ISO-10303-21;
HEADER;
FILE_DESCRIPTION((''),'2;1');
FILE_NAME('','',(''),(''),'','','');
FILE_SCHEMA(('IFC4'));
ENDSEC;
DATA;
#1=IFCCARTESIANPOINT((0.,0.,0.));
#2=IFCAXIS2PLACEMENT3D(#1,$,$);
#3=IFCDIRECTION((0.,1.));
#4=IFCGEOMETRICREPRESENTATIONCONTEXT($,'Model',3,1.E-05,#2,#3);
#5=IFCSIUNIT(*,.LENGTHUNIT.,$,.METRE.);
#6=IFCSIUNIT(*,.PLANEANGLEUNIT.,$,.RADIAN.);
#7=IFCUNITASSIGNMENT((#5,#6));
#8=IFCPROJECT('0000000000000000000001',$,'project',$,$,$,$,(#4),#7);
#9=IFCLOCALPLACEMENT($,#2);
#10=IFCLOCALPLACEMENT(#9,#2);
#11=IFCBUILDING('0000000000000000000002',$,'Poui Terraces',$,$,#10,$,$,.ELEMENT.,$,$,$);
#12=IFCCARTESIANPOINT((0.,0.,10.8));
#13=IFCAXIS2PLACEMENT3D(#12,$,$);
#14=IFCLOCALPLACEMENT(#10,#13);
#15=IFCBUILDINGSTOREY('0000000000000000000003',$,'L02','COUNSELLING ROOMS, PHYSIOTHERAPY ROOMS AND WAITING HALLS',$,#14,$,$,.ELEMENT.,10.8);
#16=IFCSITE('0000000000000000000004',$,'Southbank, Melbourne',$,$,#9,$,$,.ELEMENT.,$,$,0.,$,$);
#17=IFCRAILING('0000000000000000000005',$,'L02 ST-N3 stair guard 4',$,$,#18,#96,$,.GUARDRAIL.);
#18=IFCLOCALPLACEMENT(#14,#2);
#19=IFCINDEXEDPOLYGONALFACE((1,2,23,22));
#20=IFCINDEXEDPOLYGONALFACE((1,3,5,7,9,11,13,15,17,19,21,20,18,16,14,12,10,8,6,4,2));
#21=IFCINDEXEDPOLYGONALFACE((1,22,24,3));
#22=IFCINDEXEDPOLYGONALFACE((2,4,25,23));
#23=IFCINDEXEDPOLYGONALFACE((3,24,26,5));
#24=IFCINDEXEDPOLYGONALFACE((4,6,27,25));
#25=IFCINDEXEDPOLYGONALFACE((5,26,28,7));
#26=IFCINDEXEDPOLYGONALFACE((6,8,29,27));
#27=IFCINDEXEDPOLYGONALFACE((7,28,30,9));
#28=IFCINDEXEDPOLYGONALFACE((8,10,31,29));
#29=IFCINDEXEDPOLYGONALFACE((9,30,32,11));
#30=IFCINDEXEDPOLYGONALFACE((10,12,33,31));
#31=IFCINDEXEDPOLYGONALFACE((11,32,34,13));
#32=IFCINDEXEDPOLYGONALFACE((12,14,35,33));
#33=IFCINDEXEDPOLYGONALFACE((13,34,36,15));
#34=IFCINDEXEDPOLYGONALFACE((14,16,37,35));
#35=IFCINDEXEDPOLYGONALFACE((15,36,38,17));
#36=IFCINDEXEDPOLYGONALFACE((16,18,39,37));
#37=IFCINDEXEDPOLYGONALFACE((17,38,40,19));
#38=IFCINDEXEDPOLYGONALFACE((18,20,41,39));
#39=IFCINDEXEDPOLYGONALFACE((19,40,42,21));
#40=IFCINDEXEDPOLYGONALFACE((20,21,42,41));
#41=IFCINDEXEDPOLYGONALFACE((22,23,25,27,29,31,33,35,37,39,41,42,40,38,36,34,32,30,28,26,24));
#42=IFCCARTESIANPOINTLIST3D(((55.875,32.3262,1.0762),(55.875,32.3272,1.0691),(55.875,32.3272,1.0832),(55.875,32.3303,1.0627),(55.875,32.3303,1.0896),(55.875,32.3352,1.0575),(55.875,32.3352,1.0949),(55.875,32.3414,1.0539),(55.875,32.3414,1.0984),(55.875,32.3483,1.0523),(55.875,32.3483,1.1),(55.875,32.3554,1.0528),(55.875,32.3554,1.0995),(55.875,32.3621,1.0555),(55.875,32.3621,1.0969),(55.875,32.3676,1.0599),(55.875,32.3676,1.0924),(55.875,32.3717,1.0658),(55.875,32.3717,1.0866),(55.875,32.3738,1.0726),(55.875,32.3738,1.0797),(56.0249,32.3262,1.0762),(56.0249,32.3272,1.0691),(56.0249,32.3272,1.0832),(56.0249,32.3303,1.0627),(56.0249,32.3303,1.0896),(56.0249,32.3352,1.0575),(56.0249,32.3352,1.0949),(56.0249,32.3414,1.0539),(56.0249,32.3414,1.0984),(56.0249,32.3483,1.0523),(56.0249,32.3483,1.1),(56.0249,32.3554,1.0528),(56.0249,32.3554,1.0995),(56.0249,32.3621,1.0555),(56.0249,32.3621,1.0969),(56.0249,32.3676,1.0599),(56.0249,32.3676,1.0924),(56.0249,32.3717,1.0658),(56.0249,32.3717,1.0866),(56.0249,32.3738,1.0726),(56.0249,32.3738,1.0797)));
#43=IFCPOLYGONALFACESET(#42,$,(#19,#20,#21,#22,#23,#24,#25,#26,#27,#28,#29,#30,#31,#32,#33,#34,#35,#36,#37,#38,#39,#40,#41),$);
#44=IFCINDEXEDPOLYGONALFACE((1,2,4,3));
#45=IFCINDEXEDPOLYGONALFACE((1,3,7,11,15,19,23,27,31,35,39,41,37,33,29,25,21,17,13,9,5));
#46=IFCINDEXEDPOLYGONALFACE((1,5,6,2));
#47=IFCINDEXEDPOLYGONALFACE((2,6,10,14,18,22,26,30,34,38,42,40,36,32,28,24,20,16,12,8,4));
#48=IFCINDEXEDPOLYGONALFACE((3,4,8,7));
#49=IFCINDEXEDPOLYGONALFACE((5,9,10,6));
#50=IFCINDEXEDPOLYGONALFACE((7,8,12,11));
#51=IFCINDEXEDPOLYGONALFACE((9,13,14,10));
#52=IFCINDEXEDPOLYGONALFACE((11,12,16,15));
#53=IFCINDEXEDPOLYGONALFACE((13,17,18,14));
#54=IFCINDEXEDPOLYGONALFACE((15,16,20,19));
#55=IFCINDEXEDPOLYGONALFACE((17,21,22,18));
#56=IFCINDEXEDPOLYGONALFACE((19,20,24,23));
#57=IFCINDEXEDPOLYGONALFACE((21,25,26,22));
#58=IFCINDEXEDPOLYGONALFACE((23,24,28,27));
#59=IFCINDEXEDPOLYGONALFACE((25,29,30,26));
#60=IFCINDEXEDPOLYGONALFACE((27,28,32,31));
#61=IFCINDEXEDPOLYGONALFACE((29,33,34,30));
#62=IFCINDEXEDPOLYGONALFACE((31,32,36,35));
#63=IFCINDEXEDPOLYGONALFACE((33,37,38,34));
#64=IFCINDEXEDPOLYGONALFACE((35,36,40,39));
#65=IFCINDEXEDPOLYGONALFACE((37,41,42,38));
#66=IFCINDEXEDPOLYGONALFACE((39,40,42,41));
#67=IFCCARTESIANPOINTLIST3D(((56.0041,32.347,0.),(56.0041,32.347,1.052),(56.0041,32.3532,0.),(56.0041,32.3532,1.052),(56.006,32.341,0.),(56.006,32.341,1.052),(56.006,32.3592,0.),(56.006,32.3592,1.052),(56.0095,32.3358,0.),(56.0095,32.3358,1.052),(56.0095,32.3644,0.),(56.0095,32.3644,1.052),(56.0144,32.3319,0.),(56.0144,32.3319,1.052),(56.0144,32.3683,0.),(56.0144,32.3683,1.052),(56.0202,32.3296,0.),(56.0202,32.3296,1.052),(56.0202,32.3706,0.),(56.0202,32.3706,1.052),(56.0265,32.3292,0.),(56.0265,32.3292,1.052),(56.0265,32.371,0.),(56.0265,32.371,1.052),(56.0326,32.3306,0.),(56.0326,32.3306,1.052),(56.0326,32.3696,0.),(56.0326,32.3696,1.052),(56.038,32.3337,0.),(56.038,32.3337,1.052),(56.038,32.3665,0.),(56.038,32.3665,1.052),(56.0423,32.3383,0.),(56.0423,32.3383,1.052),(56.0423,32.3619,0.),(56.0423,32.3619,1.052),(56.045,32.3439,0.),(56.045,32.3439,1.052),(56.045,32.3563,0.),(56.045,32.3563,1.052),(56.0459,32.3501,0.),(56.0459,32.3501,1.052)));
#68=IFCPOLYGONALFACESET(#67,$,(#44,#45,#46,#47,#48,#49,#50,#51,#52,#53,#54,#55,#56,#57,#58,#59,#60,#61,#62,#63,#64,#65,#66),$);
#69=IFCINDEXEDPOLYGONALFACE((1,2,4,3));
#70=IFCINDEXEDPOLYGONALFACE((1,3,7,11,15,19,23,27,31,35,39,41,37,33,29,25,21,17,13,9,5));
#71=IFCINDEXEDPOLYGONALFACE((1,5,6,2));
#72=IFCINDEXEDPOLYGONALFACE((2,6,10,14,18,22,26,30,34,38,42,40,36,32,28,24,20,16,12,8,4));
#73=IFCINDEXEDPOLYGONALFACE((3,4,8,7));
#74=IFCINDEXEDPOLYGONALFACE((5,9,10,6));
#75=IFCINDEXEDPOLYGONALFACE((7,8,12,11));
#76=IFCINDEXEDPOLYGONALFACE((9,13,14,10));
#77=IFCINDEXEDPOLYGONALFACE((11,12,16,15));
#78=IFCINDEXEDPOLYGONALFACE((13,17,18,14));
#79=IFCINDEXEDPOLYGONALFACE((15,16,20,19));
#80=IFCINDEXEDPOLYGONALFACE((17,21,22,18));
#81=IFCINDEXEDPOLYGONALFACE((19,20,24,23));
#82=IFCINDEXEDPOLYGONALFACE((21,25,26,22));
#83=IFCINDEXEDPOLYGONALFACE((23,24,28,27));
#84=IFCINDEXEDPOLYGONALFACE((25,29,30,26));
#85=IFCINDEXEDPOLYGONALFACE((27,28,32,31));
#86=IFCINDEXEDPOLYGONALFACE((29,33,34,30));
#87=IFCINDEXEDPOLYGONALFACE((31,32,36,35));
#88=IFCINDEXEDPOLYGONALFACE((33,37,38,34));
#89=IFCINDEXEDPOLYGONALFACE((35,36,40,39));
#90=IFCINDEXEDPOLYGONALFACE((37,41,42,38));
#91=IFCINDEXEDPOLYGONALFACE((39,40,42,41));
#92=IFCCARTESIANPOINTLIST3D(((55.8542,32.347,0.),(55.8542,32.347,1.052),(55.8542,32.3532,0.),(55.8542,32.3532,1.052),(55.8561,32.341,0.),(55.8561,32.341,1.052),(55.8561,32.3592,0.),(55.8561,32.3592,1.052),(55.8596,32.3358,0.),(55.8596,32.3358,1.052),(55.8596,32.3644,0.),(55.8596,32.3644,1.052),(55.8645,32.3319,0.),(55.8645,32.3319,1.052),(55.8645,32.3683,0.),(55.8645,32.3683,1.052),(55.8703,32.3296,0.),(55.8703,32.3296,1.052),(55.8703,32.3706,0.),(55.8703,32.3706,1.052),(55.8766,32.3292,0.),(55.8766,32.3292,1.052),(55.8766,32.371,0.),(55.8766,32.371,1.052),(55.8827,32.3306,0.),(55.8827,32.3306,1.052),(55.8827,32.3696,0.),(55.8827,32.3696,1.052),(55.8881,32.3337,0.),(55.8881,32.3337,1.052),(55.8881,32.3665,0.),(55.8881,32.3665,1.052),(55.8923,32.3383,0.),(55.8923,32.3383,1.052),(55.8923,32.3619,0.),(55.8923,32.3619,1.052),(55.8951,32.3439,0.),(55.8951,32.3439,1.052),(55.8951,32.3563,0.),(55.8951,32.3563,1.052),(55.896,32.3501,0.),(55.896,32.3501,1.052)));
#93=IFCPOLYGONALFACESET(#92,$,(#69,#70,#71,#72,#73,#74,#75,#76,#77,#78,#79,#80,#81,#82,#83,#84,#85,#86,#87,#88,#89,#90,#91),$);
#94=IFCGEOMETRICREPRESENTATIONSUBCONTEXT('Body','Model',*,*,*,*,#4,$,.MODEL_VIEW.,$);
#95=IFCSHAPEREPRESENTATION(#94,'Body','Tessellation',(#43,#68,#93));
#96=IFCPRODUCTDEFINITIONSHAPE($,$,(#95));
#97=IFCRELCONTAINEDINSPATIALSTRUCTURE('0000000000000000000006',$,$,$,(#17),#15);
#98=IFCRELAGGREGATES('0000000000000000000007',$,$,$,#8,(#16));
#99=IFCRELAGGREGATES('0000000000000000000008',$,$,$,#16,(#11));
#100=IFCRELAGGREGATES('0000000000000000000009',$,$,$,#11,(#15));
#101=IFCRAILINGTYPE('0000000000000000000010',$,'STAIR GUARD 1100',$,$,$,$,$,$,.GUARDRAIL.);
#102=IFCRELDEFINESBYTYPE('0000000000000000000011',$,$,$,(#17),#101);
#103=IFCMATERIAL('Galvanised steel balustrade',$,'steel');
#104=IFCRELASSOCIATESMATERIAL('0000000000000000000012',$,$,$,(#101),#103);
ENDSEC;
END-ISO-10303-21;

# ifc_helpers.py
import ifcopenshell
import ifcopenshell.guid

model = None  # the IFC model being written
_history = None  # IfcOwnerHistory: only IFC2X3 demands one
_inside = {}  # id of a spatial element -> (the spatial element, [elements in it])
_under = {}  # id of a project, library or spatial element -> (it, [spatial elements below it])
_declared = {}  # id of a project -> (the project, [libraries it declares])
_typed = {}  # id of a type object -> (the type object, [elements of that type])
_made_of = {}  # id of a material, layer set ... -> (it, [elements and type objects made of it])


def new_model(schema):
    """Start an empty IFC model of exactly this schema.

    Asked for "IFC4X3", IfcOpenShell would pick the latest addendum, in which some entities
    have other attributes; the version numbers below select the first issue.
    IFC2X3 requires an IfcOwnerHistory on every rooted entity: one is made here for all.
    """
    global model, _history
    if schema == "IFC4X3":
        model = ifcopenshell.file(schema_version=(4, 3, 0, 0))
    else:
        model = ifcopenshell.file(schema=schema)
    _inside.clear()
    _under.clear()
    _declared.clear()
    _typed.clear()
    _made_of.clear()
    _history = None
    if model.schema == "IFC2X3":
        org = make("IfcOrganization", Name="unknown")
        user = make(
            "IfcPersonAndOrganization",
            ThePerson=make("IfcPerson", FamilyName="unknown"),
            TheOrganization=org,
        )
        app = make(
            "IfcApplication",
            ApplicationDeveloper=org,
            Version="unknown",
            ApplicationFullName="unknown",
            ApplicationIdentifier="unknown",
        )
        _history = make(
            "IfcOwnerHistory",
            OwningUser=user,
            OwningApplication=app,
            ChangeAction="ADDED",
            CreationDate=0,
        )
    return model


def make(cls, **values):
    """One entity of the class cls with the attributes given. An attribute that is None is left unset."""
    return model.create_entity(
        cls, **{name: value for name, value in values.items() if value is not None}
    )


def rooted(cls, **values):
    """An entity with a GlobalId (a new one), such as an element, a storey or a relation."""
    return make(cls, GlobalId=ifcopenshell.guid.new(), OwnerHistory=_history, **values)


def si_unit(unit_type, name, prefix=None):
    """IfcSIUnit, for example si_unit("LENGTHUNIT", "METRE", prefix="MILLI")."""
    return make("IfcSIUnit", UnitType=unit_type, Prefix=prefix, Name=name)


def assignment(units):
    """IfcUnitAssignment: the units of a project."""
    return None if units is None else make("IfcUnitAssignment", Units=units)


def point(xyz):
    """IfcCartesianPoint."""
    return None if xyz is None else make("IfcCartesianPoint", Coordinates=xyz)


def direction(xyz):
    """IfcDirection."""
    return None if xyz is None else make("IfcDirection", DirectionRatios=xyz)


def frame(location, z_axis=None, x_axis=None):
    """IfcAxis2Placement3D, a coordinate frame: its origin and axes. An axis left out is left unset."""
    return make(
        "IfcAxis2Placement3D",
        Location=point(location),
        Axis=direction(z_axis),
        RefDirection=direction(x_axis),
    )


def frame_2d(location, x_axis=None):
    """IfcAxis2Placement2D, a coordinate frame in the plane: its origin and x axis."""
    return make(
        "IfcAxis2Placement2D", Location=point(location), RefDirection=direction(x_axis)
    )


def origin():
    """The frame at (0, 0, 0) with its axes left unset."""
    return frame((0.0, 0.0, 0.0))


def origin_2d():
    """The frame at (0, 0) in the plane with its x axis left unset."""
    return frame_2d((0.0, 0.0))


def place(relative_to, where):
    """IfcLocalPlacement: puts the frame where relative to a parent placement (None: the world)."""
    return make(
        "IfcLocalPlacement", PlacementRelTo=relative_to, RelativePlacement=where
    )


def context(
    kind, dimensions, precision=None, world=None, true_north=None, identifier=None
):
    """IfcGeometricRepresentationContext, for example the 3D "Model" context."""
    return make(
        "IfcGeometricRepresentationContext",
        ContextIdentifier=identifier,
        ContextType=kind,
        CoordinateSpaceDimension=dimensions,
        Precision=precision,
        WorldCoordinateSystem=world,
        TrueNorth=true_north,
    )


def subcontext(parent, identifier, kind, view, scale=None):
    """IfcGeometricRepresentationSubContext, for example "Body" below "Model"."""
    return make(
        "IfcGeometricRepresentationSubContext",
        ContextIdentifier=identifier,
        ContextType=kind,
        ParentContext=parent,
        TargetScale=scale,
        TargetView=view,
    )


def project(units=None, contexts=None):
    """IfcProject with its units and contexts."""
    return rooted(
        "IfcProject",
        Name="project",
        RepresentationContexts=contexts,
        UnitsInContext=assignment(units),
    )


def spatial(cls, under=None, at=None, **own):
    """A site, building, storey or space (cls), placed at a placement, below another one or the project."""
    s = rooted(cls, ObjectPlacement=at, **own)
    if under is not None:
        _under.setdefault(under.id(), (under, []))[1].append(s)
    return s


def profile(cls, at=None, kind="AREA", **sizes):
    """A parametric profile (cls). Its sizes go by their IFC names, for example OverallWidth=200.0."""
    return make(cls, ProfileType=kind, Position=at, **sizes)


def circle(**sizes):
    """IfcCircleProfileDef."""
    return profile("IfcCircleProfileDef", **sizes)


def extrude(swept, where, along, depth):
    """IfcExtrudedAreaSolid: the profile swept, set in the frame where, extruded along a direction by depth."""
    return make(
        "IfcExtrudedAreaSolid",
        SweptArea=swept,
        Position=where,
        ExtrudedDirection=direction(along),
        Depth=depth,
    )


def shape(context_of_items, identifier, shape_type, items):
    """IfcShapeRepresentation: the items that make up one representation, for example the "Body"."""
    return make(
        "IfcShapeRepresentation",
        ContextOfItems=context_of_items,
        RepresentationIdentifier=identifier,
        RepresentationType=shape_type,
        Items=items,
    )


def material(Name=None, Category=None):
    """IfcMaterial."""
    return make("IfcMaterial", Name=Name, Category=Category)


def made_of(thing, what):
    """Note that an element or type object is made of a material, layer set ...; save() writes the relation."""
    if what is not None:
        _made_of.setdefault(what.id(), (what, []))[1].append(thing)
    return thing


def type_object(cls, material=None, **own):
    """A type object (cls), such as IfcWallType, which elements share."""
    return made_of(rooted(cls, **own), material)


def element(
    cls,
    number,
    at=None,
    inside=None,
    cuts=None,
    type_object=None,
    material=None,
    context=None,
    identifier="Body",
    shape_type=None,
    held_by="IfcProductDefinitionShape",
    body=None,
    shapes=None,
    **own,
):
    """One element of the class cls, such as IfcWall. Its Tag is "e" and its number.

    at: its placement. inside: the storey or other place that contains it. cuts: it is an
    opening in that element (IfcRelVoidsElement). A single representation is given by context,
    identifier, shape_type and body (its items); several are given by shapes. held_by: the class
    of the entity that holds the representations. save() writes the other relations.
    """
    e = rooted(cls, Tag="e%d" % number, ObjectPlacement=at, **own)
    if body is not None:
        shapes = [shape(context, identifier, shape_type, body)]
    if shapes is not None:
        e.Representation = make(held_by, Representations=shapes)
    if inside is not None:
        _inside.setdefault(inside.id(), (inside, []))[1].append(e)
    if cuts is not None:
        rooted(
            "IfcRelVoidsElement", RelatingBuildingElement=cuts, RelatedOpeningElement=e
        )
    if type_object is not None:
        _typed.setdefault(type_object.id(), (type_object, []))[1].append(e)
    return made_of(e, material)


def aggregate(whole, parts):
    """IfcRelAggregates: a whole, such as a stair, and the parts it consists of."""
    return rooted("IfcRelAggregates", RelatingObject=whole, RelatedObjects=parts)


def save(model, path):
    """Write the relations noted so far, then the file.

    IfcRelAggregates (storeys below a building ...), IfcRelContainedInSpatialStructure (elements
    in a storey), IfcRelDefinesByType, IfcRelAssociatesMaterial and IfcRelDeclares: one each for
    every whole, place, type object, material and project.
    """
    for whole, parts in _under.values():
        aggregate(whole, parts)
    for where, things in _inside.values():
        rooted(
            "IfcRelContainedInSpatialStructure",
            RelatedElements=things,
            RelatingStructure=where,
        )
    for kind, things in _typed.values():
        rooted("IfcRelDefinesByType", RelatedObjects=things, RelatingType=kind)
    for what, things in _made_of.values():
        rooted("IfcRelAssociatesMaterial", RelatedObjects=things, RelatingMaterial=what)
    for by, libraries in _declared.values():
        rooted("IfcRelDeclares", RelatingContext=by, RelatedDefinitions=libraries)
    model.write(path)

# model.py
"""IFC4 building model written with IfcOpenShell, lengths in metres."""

from ifc_helpers import new_model, si_unit, direction, frame, origin, origin_2d, place, context, subcontext, project, spatial, circle, extrude, material, type_object, element, save


model = new_model("IFC4")

# Units and contexts
model_context = context("Model", 3, precision=1e-05, world=origin(), true_north=direction((0.0, 1.0)))
body_context = subcontext(model_context, "Body", "Model", "MODEL_VIEW")
ifc_project = project(units=[si_unit("LENGTHUNIT", "METRE"), si_unit("PLANEANGLEUNIT", "RADIAN")], contexts=[model_context])

# Site, building, storey
site_placement = place(None, origin())
site = spatial("IfcSite", under=ifc_project, at=site_placement, Name="Southbank, Melbourne", CompositionType="ELEMENT", RefElevation=0.0)
building_placement = place(site_placement, origin())
building = spatial("IfcBuilding", under=site, at=building_placement, Name="Poui Terraces", CompositionType="ELEMENT")
storey_placement = place(building_placement, frame((0.0, 0.0, 10.8)))
storey = spatial("IfcBuildingStorey", under=building, at=storey_placement, Name="L02", Description="COUNSELLING ROOMS, PHYSIOTHERAPY ROOMS AND WAITING HALLS", CompositionType="ELEMENT", Elevation=10.8)

# Railing
ifc_material_1 = material(Name="Galvanised steel balustrade", Category="steel")
railing_type_1 = type_object("IfcRailingType", Name="STAIR GUARD 1100", PredefinedType="GUARDRAIL", material=ifc_material_1)
railing_1_placement = place(storey_placement, frame((56.0249, 32.3501, 0.0)))
element("IfcRailing", 1, at=railing_1_placement, inside=storey, type_object=railing_type_1, Name="L02 ST-N3 stair guard 4", PredefinedType="GUARDRAIL", context=body_context, shape_type="SweptSolid", body=[
    extrude(circle(Radius=0.0239, at=origin_2d()), frame((0.0, 0.0, 1.0762), z_axis=(-1.0, 0.0, 0.0), x_axis=(0.0, -1.0, 0.0)), (0.0, 0.0, 1.0), 0.1499),
    extrude(circle(Radius=0.021, at=origin_2d()), origin(), (0.0, 0.0, 1.0), 1.052),
    extrude(circle(Radius=0.021, at=origin_2d()), frame((-0.1499, 0.0, 0.0)), (0.0, 0.0, 1.0), 1.052),
])

save(model, "model.ifc")
